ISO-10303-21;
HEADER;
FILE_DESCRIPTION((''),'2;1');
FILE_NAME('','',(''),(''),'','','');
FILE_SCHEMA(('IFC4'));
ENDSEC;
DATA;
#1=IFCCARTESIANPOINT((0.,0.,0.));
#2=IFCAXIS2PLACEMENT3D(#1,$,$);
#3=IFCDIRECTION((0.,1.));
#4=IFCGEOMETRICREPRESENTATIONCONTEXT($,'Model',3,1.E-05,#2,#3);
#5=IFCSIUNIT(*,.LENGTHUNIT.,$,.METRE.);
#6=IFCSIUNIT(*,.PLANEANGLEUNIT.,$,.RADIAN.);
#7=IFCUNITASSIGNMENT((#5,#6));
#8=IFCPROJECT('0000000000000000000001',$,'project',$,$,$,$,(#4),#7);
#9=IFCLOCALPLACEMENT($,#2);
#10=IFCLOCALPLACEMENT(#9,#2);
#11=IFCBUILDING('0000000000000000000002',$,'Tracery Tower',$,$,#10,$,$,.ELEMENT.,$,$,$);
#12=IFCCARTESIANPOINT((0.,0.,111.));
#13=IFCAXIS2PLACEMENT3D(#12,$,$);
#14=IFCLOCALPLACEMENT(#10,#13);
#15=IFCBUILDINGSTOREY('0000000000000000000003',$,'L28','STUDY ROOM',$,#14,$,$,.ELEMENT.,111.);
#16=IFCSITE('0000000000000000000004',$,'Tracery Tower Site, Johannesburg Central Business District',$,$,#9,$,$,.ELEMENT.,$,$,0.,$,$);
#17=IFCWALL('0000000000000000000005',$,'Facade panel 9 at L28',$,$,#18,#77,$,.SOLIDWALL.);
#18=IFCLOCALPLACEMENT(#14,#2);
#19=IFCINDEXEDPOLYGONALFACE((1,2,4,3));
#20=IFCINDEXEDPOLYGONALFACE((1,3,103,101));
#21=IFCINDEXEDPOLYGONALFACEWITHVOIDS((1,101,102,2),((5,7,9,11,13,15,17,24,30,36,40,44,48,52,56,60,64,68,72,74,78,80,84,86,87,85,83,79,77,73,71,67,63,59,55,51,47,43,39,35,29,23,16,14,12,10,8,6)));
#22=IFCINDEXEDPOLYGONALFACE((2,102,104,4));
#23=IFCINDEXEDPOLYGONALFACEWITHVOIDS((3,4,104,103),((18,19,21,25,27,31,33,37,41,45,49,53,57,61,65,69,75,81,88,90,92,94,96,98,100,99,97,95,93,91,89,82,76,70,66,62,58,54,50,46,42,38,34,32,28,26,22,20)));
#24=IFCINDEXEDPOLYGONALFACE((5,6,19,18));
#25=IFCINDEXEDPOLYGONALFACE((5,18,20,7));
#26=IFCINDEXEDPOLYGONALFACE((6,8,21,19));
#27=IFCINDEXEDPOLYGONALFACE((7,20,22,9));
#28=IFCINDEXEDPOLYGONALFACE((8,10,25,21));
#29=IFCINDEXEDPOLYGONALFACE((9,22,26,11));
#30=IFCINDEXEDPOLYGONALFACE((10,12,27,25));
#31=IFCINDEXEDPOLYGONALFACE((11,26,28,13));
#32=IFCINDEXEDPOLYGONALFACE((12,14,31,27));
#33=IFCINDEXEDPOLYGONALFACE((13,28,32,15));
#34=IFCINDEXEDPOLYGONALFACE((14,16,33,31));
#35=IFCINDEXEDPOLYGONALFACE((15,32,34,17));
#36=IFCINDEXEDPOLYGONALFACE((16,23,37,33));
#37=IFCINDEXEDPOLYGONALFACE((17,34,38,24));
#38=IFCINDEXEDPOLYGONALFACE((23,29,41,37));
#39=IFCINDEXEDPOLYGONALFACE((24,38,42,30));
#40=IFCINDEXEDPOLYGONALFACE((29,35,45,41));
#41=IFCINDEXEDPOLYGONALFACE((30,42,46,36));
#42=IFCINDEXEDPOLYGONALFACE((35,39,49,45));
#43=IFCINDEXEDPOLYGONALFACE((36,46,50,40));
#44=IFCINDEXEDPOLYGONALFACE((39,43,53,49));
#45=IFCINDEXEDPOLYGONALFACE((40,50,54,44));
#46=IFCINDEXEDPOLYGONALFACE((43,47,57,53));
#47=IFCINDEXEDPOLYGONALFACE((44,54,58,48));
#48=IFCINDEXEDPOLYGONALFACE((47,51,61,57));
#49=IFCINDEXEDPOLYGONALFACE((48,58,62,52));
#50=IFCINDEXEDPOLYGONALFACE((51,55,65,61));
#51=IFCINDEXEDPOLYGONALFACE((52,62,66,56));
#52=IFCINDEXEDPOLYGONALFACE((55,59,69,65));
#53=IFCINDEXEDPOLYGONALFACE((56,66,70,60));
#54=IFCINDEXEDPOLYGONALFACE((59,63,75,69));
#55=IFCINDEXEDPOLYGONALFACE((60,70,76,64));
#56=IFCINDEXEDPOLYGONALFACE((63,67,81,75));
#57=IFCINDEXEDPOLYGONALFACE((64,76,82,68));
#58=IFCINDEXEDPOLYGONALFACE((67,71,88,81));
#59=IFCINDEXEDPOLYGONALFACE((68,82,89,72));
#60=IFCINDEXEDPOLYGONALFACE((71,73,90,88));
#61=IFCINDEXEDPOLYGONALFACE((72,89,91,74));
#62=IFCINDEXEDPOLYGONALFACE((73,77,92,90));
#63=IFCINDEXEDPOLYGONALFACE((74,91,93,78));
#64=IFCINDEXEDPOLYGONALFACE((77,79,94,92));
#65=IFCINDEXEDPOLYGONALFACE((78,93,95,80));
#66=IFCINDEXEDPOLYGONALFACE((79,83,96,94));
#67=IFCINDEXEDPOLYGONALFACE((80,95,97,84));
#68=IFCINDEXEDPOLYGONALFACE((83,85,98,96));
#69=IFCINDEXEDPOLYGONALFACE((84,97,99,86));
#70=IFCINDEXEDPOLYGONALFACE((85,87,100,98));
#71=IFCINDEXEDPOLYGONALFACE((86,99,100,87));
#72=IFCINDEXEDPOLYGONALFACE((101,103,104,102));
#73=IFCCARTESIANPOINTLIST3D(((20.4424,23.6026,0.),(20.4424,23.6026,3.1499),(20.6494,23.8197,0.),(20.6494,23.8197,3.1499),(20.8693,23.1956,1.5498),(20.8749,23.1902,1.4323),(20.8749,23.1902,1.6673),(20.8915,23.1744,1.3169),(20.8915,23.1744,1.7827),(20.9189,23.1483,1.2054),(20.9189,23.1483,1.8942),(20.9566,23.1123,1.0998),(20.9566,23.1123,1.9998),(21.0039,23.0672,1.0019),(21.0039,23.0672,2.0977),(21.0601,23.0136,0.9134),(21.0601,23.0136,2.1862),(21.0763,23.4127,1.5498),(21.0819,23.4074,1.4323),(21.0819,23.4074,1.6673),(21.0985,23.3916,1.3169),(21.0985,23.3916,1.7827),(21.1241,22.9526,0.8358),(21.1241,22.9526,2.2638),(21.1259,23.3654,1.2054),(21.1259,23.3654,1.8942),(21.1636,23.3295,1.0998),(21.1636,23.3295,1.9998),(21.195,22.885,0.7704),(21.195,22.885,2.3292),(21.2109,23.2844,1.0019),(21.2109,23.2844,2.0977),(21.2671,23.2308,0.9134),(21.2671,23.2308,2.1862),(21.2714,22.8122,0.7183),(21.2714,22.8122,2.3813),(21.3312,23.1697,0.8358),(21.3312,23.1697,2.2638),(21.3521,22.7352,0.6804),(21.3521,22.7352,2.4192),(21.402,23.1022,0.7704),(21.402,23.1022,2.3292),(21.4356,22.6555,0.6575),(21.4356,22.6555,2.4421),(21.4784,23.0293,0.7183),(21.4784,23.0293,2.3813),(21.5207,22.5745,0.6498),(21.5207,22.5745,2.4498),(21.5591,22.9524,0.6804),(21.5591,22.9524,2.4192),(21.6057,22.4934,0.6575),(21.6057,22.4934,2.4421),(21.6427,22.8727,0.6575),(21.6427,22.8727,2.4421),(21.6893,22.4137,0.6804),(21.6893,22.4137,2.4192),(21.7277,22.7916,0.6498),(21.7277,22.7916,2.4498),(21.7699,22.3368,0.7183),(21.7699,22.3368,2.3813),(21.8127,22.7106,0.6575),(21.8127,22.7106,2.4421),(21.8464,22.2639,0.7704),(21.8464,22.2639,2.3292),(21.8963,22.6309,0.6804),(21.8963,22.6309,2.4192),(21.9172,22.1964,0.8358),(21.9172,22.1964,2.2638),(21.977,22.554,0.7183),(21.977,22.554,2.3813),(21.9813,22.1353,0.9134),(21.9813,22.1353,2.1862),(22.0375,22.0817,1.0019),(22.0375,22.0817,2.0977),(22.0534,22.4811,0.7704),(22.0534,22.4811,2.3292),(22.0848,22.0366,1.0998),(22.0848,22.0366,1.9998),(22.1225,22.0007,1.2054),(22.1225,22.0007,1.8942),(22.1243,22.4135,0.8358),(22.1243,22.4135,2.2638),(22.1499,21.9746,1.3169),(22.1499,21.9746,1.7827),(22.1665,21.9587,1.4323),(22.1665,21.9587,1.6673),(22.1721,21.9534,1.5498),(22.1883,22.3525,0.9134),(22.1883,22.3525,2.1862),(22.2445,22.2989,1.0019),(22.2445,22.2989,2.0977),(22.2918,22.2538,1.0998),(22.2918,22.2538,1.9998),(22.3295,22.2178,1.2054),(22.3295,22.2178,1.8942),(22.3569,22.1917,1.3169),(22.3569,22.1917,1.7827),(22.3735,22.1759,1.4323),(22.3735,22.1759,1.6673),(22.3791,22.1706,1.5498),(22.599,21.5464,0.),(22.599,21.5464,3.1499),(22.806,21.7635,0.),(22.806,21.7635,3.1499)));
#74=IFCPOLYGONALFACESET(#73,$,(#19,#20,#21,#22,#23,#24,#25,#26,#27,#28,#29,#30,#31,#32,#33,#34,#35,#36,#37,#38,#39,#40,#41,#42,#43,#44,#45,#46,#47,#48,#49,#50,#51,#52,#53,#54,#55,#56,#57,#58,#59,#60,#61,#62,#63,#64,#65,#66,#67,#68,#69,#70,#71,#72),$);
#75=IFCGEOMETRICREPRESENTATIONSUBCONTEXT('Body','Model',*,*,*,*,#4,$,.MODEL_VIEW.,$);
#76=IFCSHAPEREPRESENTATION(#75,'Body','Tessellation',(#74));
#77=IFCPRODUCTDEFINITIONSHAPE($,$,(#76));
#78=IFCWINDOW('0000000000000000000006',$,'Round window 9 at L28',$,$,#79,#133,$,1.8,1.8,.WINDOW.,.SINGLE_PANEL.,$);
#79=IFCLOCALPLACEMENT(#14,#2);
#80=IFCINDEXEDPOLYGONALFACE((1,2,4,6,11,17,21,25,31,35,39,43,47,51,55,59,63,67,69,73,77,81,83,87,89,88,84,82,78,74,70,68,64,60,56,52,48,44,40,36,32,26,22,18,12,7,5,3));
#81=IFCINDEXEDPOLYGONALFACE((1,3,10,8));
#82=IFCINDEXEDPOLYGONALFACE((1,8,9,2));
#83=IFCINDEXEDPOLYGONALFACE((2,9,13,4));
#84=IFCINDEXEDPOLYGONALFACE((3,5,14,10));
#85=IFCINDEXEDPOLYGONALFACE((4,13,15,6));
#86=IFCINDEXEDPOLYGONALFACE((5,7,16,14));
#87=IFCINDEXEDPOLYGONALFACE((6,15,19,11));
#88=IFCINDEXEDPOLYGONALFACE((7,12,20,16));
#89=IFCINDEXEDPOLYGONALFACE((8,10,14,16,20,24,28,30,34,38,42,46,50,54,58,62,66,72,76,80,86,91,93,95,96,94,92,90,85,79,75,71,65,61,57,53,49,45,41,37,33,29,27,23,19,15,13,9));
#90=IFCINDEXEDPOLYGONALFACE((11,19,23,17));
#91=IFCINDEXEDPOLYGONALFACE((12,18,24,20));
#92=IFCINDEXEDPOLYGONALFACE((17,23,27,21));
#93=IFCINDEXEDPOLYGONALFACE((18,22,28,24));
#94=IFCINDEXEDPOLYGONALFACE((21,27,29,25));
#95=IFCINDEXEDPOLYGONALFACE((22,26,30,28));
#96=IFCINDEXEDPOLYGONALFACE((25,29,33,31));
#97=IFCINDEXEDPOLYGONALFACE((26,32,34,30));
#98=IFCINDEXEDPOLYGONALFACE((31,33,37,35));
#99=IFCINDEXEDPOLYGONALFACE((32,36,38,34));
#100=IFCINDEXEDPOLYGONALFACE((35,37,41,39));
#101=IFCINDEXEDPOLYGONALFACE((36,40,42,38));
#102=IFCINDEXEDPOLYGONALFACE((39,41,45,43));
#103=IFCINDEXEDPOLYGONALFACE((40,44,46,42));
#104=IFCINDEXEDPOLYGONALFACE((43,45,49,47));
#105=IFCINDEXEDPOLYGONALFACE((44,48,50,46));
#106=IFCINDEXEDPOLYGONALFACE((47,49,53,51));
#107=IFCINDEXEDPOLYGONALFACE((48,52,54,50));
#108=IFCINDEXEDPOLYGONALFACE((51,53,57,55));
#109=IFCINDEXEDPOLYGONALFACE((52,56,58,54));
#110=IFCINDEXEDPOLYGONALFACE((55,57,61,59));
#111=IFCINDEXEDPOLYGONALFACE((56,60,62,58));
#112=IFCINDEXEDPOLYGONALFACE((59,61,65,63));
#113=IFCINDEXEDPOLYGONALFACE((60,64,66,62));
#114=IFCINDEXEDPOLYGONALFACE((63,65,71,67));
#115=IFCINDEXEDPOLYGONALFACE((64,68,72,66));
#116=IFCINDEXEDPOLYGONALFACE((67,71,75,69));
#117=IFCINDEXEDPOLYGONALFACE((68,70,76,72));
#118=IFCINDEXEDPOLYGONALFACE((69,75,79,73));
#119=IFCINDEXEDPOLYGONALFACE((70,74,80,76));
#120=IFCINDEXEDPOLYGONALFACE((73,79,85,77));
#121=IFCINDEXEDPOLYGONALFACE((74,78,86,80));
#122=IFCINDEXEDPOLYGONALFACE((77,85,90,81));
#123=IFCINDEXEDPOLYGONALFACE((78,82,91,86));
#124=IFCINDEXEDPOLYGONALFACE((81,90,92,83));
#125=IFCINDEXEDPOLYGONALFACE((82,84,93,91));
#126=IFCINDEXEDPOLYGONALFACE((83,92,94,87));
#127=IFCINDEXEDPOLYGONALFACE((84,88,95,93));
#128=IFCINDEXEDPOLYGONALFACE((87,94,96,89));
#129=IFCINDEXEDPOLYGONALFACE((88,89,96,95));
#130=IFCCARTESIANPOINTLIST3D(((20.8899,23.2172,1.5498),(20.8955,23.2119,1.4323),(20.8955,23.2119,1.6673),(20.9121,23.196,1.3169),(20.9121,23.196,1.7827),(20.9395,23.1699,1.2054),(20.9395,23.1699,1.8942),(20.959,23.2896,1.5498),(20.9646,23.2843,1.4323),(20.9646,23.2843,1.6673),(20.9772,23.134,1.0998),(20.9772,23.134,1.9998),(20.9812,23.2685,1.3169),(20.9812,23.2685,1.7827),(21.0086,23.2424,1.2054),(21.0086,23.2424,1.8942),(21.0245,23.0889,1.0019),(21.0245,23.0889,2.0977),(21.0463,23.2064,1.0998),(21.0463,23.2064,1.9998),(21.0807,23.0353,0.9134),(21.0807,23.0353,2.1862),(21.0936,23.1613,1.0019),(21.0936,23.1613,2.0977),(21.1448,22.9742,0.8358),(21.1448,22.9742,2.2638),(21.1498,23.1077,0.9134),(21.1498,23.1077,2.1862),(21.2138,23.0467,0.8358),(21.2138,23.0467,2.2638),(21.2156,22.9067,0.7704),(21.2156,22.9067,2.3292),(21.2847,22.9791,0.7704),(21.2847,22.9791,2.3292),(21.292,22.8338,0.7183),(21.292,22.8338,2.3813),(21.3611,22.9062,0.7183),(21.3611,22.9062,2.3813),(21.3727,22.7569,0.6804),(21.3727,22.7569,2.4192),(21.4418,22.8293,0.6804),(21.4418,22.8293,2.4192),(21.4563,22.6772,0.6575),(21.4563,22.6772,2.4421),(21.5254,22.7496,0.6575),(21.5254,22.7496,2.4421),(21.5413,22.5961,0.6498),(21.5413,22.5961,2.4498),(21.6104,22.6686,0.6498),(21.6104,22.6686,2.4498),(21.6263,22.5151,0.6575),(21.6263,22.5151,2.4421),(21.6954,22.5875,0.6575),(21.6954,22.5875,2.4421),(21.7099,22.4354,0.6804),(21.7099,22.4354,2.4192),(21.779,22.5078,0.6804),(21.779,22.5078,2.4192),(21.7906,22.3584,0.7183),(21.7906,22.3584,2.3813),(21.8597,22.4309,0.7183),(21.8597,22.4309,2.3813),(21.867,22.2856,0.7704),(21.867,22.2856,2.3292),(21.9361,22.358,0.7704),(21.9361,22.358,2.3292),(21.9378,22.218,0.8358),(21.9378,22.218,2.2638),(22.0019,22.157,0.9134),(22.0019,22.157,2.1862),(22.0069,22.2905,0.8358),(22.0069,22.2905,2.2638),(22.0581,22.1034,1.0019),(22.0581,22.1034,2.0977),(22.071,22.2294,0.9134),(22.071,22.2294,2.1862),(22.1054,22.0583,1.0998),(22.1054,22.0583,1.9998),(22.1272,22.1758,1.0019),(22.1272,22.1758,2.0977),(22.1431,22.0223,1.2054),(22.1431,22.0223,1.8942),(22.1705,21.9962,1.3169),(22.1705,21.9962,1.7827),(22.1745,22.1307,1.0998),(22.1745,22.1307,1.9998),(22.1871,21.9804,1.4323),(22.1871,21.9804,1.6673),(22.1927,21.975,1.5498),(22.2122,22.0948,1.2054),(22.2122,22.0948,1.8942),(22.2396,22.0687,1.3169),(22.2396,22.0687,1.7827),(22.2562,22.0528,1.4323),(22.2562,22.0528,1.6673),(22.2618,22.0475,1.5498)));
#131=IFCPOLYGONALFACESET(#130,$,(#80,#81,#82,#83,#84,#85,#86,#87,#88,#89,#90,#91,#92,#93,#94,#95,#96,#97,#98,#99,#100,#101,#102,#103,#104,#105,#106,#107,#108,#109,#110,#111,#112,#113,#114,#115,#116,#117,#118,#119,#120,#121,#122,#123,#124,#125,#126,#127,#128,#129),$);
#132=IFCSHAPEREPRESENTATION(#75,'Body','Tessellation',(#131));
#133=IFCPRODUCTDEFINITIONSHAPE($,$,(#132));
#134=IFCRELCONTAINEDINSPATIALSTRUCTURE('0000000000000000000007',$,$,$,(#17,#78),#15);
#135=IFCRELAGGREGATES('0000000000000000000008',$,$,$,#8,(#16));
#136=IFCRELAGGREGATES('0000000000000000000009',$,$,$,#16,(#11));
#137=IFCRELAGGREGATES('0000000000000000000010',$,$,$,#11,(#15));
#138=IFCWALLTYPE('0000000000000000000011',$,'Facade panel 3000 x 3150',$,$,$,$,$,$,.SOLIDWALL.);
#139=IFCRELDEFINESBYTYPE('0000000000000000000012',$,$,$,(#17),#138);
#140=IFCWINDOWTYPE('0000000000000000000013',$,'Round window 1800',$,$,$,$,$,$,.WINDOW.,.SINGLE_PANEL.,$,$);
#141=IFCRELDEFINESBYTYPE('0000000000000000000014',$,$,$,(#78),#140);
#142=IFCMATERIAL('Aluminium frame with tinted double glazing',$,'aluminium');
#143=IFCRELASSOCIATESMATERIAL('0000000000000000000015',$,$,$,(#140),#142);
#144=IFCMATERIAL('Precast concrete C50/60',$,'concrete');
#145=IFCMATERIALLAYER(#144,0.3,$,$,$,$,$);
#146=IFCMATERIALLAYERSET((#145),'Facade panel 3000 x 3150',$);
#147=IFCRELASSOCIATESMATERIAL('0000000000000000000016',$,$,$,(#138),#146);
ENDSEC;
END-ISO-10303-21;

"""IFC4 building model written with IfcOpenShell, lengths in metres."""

from ifc_helpers import new_model, si_unit, direction, frame, frame_2d, origin, origin_2d, place, context, subcontext, project, spatial, rectangle, circle, extrude, material, layer, layer_set, type_object, element, fill, save


model = new_model("IFC4")

# Units and contexts
model_context = context("Model", 3, precision=1e-05, world=origin(), true_north=direction((0.0, 1.0)))
body_context = subcontext(model_context, "Body", "Model", "MODEL_VIEW")
ifc_project = project(units=[si_unit("LENGTHUNIT", "METRE"), si_unit("PLANEANGLEUNIT", "RADIAN")], contexts=[model_context])

# Site, building, storey
site_placement = place(None, origin())
site = spatial("IfcSite", under=ifc_project, at=site_placement, Name="Tracery Tower Site, Johannesburg Central Business District", CompositionType="ELEMENT", RefElevation=0.0)
building_placement = place(site_placement, origin())
building = spatial("IfcBuilding", under=site, at=building_placement, Name="Tracery Tower", CompositionType="ELEMENT")
storey_placement = place(building_placement, frame((0.0, 0.0, 111.0)))
storey = spatial("IfcBuildingStorey", under=building, at=storey_placement, Name="L28", Description="STUDY ROOM", CompositionType="ELEMENT", Elevation=111.0)

# Wall, opening, window
ifc_material_1 = material(Name="Aluminium frame with tinted double glazing", Category="aluminium")
window_type = type_object("IfcWindowType", Name="Round window 1800", PartitioningType="SINGLE_PANEL", PredefinedType="WINDOW", material=ifc_material_1)
ifc_material_2 = material(Name="Precast concrete C50/60", Category="concrete")
ifc_layer_1 = layer(ifc_material_2, 0.3)
ifc_layer_set_1 = layer_set([ifc_layer_1], Name="Facade panel 3000 x 3150")
wall_type_1 = type_object("IfcWallType", Name="Facade panel 3000 x 3150", PredefinedType="SOLIDWALL", material=ifc_layer_set_1)
wall_1_placement = place(storey_placement, frame((22.7024, 21.655, 0.0), z_axis=(0.0, 0.0, 1.0), x_axis=(-0.723744, 0.690068, 0.0)))
wall_1 = element("IfcWall", 1, at=wall_1_placement, inside=storey, type_object=wall_type_1, Name="Facade panel 9 at L28", PredefinedType="SOLIDWALL", context=body_context, shape_type="SweptSolid", body=[
    extrude(rectangle(XDim=2.9797, YDim=0.3, at=frame_2d((1.4897, 0.0))), origin(), (0.0, 0.0, 1.0), 3.1499),
])
opening_1_placement = place(wall_1_placement, frame((1.4897, 0.0, 1.5498)))
opening_1 = element("IfcOpeningElement", 2, at=opening_1_placement, cuts=wall_1, PredefinedType="OPENING", context=body_context, shape_type="SweptSolid", body=[
    extrude(circle(Radius=0.9, at=origin_2d()), frame((0.0, 0.1599, 0.0), z_axis=(0.0, -1.0, 0.0), x_axis=(1.0, 0.0, 0.0)), (0.0, 0.0, 1.0), 0.3201),
])
window_1_placement = place(opening_1_placement, origin())
window_1 = element("IfcWindow", 3, at=window_1_placement, inside=storey, type_object=window_type, Name="Round window 9 at L28", OverallHeight=1.8, OverallWidth=1.8, PartitioningType="SINGLE_PANEL", PredefinedType="WINDOW", context=body_context, shape_type="SweptSolid", body=[
    extrude(circle(Radius=0.9, at=origin_2d()), frame((0.0, 0.1201, 0.0), z_axis=(0.0, -1.0, 0.0), x_axis=(1.0, 0.0, 0.0)), (0.0, 0.0, 1.0), 0.1001),
])
fill(opening_1, window_1)

save(model, "model.ifc")
